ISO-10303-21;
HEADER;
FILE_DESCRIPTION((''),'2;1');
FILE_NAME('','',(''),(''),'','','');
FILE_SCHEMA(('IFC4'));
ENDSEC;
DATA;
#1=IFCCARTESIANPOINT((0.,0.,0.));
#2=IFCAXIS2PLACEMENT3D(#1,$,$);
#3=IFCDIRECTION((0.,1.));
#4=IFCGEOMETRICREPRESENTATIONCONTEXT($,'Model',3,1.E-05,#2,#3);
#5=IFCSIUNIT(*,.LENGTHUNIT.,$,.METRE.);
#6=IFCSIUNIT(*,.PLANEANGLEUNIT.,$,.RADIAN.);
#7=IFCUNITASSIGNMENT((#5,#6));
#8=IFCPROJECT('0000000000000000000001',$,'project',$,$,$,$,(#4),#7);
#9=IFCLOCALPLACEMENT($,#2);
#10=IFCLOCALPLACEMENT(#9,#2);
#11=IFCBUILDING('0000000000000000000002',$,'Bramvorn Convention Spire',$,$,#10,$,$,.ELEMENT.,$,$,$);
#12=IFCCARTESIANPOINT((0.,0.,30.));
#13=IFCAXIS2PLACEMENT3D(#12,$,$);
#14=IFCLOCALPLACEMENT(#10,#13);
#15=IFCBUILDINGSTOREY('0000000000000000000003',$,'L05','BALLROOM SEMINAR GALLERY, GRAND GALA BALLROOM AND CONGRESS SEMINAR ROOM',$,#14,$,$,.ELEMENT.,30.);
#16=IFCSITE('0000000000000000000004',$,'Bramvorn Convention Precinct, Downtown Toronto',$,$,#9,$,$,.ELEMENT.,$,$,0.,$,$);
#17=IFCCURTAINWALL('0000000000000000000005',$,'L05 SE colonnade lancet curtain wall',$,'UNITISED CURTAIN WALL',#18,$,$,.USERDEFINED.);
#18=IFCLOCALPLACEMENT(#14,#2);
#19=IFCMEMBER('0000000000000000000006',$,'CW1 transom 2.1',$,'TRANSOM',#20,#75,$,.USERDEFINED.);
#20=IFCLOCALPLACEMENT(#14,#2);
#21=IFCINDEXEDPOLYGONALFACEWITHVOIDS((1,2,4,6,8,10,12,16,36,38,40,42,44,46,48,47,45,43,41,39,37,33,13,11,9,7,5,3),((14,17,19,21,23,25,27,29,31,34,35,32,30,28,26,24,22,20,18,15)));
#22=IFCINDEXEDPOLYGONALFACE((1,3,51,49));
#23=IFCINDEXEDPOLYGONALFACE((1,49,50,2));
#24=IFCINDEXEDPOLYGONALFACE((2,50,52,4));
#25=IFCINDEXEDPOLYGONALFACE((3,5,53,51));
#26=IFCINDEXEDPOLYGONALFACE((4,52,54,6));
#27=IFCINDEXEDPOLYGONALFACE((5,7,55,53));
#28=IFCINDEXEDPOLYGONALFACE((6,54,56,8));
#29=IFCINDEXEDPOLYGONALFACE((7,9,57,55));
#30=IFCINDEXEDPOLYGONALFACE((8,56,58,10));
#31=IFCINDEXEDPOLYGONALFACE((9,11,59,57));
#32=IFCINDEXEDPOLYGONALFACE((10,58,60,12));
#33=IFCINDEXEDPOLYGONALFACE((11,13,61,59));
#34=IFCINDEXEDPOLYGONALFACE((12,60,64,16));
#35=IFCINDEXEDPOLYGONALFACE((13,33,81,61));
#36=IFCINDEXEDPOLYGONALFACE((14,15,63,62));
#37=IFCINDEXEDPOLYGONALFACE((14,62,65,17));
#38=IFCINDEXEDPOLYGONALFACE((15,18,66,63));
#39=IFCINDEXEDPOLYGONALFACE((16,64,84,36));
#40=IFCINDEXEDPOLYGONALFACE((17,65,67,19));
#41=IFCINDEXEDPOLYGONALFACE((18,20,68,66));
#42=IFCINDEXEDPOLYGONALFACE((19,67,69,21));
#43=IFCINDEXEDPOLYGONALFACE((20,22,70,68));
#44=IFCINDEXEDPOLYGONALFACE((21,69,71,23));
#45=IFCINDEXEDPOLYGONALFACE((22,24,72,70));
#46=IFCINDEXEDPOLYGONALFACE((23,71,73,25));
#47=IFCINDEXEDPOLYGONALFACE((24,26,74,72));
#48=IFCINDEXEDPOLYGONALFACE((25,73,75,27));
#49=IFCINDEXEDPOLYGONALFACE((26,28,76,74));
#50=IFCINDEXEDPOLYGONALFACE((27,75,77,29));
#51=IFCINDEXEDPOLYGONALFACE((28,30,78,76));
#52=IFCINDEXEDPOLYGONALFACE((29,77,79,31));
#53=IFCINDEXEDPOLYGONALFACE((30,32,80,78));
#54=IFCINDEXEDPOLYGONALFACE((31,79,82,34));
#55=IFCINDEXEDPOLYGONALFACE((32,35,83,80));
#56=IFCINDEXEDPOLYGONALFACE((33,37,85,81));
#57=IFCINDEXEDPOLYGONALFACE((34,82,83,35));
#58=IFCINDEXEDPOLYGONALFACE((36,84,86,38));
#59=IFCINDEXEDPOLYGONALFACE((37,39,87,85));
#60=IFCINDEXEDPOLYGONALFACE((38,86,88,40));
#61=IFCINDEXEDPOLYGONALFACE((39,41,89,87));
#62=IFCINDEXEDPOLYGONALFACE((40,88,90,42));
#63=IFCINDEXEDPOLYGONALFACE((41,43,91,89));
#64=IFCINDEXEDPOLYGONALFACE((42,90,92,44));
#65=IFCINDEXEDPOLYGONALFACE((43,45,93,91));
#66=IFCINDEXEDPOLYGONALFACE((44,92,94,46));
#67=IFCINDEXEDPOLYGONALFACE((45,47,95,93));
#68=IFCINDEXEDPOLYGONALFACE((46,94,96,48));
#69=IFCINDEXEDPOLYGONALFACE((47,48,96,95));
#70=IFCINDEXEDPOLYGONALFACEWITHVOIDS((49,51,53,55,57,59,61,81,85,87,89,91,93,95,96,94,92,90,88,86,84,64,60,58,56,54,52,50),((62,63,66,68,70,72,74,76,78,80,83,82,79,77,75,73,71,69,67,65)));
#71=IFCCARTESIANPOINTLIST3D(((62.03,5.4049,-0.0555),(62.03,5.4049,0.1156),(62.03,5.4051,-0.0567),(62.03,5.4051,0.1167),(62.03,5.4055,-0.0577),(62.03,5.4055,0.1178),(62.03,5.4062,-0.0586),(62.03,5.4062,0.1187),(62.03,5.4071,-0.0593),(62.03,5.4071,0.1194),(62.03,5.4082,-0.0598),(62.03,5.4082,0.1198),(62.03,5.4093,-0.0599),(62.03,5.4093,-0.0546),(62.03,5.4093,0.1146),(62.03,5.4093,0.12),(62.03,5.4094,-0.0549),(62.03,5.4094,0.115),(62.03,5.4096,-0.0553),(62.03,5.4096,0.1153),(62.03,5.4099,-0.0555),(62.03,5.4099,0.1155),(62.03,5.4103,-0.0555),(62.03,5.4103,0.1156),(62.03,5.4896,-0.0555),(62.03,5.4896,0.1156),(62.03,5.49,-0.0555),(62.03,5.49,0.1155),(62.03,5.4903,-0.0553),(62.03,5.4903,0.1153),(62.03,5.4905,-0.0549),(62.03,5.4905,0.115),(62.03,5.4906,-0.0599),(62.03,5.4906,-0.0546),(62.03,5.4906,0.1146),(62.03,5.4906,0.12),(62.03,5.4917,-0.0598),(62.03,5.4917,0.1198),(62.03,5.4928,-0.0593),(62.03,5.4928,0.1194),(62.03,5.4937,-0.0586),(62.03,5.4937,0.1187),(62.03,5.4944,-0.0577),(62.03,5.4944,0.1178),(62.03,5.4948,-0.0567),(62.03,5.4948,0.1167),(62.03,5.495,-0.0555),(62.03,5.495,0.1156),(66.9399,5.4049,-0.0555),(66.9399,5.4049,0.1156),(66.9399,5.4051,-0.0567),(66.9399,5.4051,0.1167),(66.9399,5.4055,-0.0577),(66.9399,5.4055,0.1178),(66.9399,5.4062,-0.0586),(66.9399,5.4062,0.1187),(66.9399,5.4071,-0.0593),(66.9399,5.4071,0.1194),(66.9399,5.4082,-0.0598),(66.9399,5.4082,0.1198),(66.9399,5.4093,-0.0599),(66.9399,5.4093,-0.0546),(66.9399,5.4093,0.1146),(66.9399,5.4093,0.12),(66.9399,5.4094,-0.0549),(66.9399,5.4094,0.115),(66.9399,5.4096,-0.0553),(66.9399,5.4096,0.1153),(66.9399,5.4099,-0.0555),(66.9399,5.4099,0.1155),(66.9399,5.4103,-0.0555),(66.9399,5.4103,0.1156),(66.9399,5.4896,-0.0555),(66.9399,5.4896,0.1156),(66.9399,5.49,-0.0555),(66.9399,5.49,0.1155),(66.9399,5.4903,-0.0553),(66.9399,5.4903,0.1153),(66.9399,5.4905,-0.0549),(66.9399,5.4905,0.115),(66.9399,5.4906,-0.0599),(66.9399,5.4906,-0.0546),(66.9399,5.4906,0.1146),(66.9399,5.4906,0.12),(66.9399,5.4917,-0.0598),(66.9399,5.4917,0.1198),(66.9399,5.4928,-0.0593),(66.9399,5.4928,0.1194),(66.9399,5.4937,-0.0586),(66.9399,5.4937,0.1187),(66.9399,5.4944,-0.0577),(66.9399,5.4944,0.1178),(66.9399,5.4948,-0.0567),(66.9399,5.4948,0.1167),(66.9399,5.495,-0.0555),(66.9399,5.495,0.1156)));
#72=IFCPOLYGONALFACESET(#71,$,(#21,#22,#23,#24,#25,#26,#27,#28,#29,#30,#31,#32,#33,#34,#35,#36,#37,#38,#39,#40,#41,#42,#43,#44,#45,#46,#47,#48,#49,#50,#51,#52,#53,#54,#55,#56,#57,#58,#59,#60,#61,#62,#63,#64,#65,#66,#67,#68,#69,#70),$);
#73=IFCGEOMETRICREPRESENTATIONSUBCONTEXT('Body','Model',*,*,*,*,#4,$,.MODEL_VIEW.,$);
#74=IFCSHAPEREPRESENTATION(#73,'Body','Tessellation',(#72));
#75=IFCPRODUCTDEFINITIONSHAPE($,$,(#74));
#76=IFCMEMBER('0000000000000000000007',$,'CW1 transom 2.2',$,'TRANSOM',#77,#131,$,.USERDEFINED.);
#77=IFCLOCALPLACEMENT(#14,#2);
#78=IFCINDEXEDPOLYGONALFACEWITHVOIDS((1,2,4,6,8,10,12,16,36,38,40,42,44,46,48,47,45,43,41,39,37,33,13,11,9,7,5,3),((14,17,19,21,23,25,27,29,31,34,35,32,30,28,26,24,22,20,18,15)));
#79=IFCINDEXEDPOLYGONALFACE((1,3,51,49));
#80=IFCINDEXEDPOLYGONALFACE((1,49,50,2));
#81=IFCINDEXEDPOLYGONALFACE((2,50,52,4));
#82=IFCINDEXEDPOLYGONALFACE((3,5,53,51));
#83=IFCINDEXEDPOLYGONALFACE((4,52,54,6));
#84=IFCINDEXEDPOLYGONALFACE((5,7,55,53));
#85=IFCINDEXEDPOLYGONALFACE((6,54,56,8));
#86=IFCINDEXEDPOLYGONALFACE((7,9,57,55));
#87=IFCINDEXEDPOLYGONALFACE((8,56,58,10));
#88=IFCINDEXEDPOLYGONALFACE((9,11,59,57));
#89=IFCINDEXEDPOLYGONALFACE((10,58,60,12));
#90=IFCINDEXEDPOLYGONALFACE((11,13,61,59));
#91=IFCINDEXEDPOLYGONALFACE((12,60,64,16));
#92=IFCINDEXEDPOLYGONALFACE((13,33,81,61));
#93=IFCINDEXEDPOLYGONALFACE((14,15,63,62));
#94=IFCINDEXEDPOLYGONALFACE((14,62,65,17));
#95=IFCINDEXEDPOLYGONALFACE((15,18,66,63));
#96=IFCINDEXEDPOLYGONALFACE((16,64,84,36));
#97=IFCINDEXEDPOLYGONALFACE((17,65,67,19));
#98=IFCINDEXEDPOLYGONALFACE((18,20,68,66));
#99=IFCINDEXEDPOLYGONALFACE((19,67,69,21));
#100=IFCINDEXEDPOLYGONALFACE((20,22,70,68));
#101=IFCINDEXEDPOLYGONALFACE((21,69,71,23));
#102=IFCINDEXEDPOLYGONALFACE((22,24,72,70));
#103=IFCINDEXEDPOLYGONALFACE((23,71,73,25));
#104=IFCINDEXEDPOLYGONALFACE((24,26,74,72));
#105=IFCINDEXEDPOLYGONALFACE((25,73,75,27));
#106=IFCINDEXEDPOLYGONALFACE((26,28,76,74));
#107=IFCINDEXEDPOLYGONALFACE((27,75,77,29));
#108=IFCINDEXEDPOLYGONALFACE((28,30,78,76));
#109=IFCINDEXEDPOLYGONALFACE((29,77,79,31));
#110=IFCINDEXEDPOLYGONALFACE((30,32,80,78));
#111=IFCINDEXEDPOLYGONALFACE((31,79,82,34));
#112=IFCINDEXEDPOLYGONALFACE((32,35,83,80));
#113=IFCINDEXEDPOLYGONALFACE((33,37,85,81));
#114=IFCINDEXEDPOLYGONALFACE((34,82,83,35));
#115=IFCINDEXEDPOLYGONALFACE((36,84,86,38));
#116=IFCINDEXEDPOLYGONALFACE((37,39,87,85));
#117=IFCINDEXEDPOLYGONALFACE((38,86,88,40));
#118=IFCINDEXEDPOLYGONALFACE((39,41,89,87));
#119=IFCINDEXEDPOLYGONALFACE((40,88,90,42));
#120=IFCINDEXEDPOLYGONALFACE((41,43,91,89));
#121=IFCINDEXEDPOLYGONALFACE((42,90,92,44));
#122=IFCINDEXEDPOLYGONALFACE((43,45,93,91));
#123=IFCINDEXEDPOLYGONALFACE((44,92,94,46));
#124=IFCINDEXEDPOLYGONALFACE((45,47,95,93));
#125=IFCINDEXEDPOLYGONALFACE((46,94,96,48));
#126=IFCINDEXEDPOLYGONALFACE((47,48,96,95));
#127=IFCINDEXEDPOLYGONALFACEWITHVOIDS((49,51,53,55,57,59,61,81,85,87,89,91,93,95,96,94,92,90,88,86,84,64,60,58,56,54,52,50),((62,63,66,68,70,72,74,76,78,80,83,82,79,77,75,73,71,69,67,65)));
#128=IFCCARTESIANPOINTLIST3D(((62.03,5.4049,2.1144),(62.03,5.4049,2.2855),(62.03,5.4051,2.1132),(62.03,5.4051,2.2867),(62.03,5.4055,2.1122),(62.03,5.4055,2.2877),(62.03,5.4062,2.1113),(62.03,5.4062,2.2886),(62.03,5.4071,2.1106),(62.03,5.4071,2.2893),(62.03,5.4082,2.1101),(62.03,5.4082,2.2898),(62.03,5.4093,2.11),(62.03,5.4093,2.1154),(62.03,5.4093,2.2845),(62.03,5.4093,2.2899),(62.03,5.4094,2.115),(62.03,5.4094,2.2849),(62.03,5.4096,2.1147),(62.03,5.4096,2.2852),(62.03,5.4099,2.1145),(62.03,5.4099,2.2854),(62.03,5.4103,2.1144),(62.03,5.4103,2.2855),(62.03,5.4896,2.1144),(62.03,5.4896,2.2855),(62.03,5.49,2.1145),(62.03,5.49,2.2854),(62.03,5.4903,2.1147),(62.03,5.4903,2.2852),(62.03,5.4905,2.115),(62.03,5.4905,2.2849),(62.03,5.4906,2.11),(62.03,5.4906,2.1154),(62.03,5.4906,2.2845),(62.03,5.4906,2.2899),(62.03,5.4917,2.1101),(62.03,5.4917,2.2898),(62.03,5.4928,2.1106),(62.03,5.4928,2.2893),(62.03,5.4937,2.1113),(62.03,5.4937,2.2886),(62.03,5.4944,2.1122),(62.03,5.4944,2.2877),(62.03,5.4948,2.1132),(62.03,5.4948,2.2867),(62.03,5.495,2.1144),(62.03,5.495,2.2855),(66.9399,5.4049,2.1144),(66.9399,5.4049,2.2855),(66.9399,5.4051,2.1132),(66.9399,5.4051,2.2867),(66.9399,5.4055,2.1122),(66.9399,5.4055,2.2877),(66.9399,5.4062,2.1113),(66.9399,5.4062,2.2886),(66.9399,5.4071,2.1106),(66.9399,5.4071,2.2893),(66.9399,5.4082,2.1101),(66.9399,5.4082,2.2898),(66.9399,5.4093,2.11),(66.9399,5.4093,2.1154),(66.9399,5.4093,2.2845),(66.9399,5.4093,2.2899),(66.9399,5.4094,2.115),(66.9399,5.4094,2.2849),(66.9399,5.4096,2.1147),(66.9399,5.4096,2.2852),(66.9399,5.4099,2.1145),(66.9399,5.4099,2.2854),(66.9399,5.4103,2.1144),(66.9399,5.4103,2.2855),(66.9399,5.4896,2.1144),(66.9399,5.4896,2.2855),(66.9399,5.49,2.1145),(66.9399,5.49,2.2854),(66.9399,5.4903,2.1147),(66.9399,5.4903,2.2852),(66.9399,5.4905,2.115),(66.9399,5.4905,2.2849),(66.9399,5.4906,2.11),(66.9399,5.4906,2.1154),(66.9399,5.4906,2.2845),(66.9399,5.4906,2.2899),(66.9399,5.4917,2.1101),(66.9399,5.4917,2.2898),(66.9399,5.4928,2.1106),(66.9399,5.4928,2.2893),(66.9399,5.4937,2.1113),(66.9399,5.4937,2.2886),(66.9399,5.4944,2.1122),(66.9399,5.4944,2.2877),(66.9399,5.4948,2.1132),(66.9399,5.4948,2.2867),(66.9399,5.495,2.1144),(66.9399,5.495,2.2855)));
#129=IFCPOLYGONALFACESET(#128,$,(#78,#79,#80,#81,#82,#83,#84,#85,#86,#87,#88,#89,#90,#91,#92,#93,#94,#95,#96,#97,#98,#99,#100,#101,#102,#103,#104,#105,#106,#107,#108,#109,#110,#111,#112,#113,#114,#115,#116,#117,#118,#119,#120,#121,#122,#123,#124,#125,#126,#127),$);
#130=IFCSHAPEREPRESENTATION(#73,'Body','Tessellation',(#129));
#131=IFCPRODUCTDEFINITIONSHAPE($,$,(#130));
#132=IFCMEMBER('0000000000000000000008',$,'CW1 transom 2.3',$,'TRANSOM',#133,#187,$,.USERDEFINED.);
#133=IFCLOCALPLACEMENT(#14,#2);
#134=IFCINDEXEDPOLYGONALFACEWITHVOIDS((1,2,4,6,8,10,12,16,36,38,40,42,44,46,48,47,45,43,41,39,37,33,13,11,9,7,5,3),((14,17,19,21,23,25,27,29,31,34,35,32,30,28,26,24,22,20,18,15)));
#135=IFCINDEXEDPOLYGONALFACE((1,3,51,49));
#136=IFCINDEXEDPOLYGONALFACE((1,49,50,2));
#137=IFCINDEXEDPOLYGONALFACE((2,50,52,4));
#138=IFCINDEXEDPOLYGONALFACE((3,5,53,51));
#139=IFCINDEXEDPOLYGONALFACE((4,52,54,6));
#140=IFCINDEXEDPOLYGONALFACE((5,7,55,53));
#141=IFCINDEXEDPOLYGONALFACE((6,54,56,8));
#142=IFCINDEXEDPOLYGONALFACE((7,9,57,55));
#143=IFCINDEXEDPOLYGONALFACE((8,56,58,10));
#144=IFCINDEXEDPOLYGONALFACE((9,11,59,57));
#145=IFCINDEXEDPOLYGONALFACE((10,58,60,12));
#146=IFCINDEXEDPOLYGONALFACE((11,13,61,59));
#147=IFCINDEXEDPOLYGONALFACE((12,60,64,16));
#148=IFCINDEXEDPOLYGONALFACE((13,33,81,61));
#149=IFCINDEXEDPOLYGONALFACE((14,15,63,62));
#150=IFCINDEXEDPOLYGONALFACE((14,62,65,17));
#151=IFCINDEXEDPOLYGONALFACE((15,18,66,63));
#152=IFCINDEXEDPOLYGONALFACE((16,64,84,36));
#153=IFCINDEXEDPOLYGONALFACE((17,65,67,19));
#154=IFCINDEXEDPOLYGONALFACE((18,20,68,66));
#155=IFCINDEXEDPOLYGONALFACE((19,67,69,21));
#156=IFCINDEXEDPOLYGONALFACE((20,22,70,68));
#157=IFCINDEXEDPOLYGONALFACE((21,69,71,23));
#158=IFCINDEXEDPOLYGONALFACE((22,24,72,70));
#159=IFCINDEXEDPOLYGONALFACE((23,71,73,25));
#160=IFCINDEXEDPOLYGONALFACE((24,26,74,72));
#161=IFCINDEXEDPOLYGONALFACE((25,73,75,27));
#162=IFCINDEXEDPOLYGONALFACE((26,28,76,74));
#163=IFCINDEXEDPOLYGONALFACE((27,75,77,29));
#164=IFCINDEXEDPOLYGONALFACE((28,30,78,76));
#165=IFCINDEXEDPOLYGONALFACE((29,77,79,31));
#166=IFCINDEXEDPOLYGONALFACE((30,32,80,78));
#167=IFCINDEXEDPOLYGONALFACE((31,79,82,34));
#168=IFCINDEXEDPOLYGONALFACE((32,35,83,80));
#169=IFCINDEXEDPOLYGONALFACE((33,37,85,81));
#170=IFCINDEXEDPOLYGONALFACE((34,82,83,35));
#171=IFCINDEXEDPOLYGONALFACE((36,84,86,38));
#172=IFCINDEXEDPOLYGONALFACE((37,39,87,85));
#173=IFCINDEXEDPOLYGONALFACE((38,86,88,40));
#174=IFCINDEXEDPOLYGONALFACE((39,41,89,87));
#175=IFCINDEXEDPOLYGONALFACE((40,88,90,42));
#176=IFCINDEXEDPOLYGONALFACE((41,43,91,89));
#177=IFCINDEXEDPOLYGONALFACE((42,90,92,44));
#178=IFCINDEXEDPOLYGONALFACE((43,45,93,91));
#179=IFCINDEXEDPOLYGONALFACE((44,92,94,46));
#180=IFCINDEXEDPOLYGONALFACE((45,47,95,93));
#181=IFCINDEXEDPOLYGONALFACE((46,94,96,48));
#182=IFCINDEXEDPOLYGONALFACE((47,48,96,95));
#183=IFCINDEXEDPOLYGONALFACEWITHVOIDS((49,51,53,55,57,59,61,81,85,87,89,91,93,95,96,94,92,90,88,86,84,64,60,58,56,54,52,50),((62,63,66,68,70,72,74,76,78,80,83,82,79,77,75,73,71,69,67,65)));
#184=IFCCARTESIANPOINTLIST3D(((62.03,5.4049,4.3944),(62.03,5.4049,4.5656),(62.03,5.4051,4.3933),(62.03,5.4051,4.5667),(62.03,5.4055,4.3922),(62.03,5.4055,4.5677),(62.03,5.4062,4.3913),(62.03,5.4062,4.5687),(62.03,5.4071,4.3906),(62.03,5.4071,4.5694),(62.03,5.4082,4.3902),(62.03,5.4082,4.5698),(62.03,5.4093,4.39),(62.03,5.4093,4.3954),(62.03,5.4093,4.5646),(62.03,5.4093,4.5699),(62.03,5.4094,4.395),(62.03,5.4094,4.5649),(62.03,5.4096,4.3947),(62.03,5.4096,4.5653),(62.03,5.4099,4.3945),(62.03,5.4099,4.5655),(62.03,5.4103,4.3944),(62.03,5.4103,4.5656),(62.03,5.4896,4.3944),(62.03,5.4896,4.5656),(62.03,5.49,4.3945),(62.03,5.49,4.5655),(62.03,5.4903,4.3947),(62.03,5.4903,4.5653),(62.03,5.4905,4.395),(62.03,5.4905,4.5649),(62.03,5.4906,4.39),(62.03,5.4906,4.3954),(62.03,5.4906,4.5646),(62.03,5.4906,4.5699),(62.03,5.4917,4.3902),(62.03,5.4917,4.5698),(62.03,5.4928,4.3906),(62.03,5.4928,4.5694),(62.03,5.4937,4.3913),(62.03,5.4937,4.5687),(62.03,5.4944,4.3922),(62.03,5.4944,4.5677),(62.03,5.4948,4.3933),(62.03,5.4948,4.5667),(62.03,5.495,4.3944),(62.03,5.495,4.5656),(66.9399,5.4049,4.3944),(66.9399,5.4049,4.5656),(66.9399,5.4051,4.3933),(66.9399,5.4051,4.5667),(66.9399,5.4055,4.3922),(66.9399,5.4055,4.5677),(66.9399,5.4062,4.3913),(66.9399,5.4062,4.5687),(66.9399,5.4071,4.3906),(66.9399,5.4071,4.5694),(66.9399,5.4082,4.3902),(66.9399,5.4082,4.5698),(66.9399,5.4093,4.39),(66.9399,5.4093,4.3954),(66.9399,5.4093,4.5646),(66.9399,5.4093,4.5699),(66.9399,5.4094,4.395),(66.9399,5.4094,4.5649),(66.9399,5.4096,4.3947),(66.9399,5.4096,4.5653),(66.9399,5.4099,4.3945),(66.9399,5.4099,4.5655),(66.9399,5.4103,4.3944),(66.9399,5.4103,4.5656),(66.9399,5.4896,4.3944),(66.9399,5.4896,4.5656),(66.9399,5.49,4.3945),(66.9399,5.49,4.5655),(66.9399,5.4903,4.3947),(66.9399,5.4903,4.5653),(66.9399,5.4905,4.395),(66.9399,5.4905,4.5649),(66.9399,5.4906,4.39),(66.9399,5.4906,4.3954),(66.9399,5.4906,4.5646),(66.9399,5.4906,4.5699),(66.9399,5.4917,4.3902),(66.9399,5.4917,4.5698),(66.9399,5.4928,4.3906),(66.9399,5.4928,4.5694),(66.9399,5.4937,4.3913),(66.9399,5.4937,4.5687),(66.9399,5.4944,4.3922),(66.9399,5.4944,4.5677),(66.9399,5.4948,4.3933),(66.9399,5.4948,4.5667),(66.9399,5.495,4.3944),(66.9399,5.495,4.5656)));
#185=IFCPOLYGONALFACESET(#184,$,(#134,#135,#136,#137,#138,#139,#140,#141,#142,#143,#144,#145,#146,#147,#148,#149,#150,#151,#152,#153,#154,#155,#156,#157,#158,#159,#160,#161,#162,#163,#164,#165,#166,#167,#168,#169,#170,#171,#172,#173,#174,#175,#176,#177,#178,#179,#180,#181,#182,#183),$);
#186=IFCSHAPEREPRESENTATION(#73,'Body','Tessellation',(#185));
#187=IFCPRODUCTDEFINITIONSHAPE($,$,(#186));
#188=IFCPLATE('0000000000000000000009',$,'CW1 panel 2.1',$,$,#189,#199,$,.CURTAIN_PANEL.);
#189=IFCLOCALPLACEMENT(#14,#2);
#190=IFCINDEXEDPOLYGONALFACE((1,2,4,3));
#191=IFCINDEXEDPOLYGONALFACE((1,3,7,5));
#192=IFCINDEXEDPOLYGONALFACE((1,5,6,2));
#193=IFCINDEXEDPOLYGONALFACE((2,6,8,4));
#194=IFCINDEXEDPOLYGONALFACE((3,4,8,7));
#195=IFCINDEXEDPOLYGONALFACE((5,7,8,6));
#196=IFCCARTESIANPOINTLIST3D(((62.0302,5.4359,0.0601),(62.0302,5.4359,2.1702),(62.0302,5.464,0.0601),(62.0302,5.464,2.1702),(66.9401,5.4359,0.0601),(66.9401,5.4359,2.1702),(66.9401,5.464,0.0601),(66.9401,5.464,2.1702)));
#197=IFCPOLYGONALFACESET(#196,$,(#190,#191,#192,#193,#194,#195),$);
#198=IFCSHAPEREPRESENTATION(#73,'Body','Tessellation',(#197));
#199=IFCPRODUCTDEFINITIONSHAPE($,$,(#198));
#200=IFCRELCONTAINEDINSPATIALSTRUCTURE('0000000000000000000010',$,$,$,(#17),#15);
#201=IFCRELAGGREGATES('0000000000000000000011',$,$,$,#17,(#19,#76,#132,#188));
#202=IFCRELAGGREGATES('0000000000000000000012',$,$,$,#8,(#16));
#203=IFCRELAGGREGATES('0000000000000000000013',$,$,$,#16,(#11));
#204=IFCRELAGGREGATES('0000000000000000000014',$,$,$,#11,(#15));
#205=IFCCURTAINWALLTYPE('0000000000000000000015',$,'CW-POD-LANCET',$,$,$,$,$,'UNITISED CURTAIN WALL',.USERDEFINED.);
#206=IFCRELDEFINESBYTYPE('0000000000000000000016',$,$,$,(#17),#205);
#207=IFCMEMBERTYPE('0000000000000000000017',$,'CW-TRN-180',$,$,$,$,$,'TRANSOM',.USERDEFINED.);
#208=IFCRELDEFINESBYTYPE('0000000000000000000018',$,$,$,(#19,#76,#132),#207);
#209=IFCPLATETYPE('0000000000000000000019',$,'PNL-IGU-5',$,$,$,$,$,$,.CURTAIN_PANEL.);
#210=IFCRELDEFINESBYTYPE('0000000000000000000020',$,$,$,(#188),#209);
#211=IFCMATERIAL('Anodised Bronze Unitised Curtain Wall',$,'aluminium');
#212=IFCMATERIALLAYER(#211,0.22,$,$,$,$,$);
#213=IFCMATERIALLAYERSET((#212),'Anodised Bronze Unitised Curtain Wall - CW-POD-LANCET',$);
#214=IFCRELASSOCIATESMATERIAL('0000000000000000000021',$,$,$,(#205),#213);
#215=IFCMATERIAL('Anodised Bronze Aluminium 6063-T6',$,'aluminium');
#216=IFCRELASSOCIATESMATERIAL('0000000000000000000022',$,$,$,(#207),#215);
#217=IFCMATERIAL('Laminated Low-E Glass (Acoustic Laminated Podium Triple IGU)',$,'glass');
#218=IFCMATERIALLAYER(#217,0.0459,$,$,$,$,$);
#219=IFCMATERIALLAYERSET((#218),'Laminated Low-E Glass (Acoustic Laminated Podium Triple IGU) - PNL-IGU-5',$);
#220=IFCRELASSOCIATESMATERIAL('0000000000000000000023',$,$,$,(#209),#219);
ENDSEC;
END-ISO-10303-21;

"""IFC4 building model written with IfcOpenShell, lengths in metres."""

from ifc_helpers import new_model, si_unit, direction, frame, origin, origin_2d, place, context, subcontext, project, spatial, rectangle, hollow_rectangle, extrude, material, layer, layer_set, material_profile, profile_set, type_object, element, aggregate, save


model = new_model("IFC4")

# Units and contexts
model_context = context("Model", 3, precision=1e-05, world=origin(), true_north=direction((0.0, 1.0)))
body_context = subcontext(model_context, "Body", "Model", "MODEL_VIEW")
ifc_project = project(units=[si_unit("LENGTHUNIT", "METRE"), si_unit("PLANEANGLEUNIT", "RADIAN")], contexts=[model_context])

# Site, building, storey
site_placement = place(None, origin())
site = spatial("IfcSite", under=ifc_project, at=site_placement, Name="Bramvorn Convention Precinct, Downtown Toronto", CompositionType="ELEMENT", RefElevation=0.0)
building_placement = place(site_placement, origin())
building = spatial("IfcBuilding", under=site, at=building_placement, Name="Bramvorn Convention Spire", CompositionType="ELEMENT")
storey_placement = place(building_placement, frame((0.0, 0.0, 30.0)))
storey = spatial("IfcBuildingStorey", under=building, at=storey_placement, Name="L05", Description="BALLROOM SEMINAR GALLERY, GRAND GALA BALLROOM AND CONGRESS SEMINAR ROOM", CompositionType="ELEMENT", Elevation=30.0)

# Curtain wall, members, plate
ifc_material_1 = material(Name="Anodised Bronze Unitised Curtain Wall", Category="aluminium")
ifc_layer_1 = layer(ifc_material_1, 0.22)
ifc_layer_set_1 = layer_set([ifc_layer_1], Name="Anodised Bronze Unitised Curtain Wall - CW-POD-LANCET")
curtain_wall_type = type_object("IfcCurtainWallType", Name="CW-POD-LANCET", ElementType="UNITISED CURTAIN WALL", PredefinedType="USERDEFINED", material=ifc_layer_set_1)
curtain_wall_placement = place(storey_placement, origin())
curtain_wall = element("IfcCurtainWall", 1, at=curtain_wall_placement, inside=storey, type_object=curtain_wall_type, Name="L05 SE colonnade lancet curtain wall", ObjectType="UNITISED CURTAIN WALL", PredefinedType="USERDEFINED")
ifc_material_2 = material(Name="Anodised Bronze Aluminium 6063-T6", Category="aluminium")
ifc_material_profile_1 = material_profile(ifc_material_2, hollow_rectangle(XDim=0.0901, YDim=0.1799, WallThickness=0.0044, InnerFilletRadius=0.001, OuterFilletRadius=0.0044, at=origin_2d()))
ifc_profile_set_1 = profile_set([ifc_material_profile_1], Name="Anodised Bronze Aluminium 6063-T6 - CWT90X180")
member_type_1 = type_object("IfcMemberType", Name="CW-TRN-180", ElementType="TRANSOM", PredefinedType="USERDEFINED", material=ifc_profile_set_1)
member_1_placement = place(storey_placement, frame((62.03, 5.45, 0.03), z_axis=(1.0, 0.0, 0.0), x_axis=(0.0, 1.0, 0.0)))
member_1 = element("IfcMember", 2, at=member_1_placement, type_object=member_type_1, Name="CW1 transom 2.1", ObjectType="TRANSOM", PredefinedType="USERDEFINED", context=body_context, shape_type="SweptSolid", body=[
    extrude(hollow_rectangle(XDim=0.0901, YDim=0.1799, WallThickness=0.0044, InnerFilletRadius=0.001, OuterFilletRadius=0.0044, at=origin_2d()), origin(), (0.0, 0.0, 1.0), 4.9099),
])
member_2_placement = place(storey_placement, frame((62.03, 5.45, 2.2), z_axis=(1.0, 0.0, 0.0), x_axis=(0.0, 1.0, 0.0)))
member_2 = element("IfcMember", 3, at=member_2_placement, type_object=member_type_1, Name="CW1 transom 2.2", ObjectType="TRANSOM", PredefinedType="USERDEFINED", context=body_context, shape_type="SweptSolid", body=[
    extrude(hollow_rectangle(XDim=0.0901, YDim=0.1799, WallThickness=0.0044, InnerFilletRadius=0.001, OuterFilletRadius=0.0044, at=origin_2d()), origin(), (0.0, 0.0, 1.0), 4.9099),
])
member_3_placement = place(storey_placement, frame((62.03, 5.45, 4.48), z_axis=(1.0, 0.0, 0.0), x_axis=(0.0, 1.0, 0.0)))
member_3 = element("IfcMember", 4, at=member_3_placement, type_object=member_type_1, Name="CW1 transom 2.3", ObjectType="TRANSOM", PredefinedType="USERDEFINED", context=body_context, shape_type="SweptSolid", body=[
    extrude(hollow_rectangle(XDim=0.0901, YDim=0.1799, WallThickness=0.0044, InnerFilletRadius=0.001, OuterFilletRadius=0.0044, at=origin_2d()), origin(), (0.0, 0.0, 1.0), 4.9099),
])
ifc_material_3 = material(Name="Laminated Low-E Glass (Acoustic Laminated Podium Triple IGU)", Category="glass")
ifc_layer_2 = layer(ifc_material_3, 0.0459)
ifc_layer_set_2 = layer_set([ifc_layer_2], Name="Laminated Low-E Glass (Acoustic Laminated Podium Triple IGU) - PNL-IGU-5")
plate_type = type_object("IfcPlateType", Name="PNL-IGU-5", PredefinedType="CURTAIN_PANEL", material=ifc_layer_set_2)
plate_1_placement = place(storey_placement, frame((64.4851, 5.45, 0.0601), z_axis=(0.0, 0.0, 1.0), x_axis=(1.0, 0.0, 0.0)))
plate_1 = element("IfcPlate", 5, at=plate_1_placement, type_object=plate_type, Name="CW1 panel 2.1", PredefinedType="CURTAIN_PANEL", context=body_context, shape_type="SweptSolid", body=[
    extrude(rectangle(XDim=4.9099, YDim=0.0281, at=origin_2d()), origin(), (0.0, 0.0, 1.0), 2.1101),
])
aggregate(curtain_wall, [member_1, member_2, member_3, plate_1])

save(model, "model.ifc")
